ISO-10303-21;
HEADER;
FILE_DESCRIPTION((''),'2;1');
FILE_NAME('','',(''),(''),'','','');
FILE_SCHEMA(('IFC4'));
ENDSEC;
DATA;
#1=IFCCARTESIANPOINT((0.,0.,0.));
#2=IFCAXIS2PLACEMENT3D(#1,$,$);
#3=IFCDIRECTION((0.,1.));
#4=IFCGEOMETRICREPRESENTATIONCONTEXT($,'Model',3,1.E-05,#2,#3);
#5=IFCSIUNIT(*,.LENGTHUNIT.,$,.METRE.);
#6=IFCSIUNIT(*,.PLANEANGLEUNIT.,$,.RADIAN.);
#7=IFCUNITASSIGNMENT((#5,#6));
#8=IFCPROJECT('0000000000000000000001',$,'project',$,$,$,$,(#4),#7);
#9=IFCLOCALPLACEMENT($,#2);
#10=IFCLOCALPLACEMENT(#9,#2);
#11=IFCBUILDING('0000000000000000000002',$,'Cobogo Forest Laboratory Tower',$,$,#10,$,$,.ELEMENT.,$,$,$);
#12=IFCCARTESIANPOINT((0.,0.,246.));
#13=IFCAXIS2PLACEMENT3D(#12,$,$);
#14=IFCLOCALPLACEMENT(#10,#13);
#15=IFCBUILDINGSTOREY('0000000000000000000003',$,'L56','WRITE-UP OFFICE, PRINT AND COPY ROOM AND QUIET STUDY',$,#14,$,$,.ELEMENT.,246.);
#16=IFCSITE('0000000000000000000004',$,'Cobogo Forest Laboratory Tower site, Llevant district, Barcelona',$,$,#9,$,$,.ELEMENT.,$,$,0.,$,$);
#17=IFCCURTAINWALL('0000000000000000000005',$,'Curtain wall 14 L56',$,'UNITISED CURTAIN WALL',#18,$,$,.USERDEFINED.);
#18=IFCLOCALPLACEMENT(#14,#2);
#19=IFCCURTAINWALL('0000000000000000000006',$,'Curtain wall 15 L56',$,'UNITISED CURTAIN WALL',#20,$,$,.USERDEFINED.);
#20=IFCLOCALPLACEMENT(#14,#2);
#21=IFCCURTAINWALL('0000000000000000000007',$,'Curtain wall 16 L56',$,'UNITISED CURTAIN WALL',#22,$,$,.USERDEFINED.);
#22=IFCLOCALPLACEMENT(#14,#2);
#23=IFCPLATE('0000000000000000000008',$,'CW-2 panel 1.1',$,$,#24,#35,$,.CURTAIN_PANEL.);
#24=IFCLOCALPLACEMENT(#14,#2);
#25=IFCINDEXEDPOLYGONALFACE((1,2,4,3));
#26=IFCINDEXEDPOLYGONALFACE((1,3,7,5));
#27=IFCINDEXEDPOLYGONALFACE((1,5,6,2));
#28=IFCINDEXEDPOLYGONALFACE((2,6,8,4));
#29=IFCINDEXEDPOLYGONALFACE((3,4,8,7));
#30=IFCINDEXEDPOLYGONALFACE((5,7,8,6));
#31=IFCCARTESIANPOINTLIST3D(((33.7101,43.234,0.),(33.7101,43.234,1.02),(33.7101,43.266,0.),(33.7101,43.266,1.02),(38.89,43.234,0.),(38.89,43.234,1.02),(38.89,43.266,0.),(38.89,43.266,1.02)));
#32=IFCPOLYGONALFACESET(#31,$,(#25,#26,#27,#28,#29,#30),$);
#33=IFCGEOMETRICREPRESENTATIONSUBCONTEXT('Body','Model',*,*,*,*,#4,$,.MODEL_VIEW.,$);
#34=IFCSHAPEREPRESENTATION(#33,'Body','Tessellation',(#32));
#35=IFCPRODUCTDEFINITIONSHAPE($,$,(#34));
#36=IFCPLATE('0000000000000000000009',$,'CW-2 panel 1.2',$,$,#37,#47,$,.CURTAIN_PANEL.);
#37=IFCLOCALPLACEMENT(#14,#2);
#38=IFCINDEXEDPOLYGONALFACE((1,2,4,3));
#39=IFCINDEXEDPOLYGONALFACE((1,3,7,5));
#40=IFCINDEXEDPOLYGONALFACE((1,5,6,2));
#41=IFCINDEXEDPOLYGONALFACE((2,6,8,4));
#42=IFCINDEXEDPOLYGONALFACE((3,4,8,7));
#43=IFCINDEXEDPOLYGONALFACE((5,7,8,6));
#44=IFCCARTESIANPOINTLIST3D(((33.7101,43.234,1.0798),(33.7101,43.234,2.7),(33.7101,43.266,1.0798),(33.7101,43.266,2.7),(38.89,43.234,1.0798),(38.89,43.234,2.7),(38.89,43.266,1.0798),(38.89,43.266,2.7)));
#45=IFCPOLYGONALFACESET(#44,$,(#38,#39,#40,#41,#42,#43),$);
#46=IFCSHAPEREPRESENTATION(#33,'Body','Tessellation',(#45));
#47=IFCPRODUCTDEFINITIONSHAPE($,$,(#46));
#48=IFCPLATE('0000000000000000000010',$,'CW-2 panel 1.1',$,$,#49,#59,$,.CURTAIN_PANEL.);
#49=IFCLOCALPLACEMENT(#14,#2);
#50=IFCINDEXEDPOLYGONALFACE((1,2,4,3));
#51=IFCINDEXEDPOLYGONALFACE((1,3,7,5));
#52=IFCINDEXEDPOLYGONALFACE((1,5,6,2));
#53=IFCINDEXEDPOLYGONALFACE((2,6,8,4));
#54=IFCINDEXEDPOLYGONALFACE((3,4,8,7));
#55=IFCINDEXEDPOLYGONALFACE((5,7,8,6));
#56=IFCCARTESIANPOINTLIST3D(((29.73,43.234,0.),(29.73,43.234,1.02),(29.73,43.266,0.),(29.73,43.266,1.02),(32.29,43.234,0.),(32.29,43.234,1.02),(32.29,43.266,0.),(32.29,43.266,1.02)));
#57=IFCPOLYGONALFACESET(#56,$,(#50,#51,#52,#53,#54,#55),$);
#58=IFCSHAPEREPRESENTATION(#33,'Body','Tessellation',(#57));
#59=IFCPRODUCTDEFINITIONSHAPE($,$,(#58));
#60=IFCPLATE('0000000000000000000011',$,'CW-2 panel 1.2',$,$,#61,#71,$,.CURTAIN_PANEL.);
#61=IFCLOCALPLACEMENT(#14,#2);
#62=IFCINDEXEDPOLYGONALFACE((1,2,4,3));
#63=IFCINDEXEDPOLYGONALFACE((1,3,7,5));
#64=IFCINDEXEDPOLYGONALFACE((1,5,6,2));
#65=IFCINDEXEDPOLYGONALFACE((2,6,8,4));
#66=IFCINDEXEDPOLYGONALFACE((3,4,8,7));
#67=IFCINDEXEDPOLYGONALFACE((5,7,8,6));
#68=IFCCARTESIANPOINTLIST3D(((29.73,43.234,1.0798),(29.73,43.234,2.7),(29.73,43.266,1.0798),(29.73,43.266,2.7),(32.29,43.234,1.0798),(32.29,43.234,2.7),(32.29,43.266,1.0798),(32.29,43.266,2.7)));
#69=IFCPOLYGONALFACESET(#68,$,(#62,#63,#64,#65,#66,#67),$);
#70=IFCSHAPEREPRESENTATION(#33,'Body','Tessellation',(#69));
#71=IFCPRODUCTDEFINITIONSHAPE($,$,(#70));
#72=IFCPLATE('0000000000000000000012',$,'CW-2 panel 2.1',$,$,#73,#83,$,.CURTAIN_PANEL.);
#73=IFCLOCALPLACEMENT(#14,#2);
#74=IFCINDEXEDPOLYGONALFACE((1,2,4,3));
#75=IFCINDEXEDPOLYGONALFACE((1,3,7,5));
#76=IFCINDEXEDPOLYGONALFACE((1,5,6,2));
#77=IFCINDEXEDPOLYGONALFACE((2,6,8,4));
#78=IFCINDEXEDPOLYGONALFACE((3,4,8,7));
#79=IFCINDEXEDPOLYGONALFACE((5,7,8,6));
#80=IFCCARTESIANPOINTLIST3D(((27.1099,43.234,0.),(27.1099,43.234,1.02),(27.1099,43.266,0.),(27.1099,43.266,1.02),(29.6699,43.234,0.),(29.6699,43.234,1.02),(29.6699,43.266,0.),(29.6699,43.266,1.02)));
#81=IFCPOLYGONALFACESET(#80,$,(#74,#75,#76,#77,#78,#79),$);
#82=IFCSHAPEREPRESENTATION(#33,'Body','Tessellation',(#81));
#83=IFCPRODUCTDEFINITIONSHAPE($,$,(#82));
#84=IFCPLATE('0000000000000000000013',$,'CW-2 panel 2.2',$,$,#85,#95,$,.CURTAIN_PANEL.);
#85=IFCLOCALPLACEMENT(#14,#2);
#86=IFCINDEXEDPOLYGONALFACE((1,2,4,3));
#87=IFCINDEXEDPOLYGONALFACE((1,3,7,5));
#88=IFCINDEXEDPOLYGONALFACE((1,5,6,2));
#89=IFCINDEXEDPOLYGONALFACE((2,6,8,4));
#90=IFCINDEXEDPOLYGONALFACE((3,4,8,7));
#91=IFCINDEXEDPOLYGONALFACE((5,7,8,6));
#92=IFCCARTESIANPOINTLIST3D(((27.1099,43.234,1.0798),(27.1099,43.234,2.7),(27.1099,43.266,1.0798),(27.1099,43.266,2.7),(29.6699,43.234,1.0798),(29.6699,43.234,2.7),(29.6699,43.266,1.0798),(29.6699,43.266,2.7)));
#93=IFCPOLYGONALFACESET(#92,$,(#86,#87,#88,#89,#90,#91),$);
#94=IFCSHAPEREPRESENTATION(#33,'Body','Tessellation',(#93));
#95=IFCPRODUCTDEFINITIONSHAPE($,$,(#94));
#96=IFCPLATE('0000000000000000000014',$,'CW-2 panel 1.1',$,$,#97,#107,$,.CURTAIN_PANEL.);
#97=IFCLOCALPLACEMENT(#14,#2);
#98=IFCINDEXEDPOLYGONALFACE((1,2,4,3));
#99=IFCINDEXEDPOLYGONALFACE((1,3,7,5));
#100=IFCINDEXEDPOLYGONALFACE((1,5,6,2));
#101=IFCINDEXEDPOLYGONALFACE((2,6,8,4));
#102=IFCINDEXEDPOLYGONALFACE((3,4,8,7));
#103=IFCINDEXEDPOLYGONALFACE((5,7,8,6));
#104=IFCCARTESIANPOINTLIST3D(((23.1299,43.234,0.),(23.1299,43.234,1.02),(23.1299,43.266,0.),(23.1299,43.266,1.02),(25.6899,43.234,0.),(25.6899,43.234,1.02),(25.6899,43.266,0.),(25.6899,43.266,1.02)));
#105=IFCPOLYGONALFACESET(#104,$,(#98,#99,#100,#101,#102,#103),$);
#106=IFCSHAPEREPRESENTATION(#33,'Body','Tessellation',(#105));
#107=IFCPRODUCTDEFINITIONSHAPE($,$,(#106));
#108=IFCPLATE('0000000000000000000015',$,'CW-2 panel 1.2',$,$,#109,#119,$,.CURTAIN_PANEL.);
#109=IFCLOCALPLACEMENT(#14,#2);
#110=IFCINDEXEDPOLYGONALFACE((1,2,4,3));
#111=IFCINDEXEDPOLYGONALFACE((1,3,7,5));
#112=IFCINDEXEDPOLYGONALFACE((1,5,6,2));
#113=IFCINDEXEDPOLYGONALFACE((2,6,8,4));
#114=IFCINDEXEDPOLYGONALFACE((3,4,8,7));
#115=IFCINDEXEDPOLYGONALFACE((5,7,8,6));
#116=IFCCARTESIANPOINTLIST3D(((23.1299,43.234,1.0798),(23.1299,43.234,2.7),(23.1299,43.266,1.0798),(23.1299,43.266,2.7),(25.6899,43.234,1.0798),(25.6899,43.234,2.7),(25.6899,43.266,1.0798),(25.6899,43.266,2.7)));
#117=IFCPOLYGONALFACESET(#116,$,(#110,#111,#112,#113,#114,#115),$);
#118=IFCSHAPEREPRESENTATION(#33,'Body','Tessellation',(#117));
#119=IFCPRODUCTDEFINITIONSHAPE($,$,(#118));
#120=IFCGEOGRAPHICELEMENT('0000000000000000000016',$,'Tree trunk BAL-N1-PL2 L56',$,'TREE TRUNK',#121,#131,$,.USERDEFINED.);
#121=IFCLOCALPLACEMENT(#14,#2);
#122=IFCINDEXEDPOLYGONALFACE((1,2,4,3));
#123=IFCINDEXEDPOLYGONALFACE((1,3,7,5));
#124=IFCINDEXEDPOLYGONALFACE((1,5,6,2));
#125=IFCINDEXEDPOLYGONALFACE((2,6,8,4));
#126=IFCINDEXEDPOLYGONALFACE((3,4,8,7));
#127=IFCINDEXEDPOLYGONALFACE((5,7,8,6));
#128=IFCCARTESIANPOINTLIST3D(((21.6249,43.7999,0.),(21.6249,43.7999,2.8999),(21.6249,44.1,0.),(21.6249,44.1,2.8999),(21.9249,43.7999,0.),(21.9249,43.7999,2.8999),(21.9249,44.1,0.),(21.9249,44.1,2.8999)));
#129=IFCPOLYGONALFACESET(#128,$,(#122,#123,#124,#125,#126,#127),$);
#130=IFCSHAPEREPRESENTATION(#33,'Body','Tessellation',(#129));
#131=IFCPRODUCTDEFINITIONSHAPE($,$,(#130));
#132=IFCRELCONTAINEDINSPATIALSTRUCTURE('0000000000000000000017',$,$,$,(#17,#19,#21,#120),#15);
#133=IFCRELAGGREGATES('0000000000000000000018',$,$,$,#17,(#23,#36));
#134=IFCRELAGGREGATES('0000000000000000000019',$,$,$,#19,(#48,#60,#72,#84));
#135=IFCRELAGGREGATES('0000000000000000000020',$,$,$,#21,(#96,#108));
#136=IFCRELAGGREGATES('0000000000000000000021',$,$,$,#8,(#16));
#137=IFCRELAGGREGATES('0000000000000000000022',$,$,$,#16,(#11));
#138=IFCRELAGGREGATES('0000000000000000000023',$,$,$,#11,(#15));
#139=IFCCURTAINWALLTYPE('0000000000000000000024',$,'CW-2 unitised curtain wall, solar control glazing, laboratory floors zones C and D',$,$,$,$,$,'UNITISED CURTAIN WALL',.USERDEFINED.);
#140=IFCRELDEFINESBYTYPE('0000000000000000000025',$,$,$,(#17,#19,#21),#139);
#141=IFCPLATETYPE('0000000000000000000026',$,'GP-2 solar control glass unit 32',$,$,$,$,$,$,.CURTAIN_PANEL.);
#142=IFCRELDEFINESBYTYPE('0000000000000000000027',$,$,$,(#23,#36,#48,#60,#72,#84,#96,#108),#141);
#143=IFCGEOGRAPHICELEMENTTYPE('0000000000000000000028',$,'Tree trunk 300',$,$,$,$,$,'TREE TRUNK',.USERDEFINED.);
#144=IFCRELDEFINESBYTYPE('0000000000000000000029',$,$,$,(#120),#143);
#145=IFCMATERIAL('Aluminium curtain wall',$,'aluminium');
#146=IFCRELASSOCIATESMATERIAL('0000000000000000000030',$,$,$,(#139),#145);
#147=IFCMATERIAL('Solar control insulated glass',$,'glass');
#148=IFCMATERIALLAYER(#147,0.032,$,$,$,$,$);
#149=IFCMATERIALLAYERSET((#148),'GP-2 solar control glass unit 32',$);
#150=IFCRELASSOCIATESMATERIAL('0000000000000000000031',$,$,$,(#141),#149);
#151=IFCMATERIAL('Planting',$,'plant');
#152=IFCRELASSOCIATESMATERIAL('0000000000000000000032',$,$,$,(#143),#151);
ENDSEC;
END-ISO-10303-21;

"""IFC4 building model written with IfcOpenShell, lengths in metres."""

from ifc_helpers import new_model, si_unit, direction, frame, origin, origin_2d, place, context, subcontext, project, spatial, rectangle, extrude, material, layer, layer_set, type_object, element, aggregate, save


model = new_model("IFC4")

# Units and contexts
model_context = context("Model", 3, precision=1e-05, world=origin(), true_north=direction((0.0, 1.0)))
body_context = subcontext(model_context, "Body", "Model", "MODEL_VIEW")
ifc_project = project(units=[si_unit("LENGTHUNIT", "METRE"), si_unit("PLANEANGLEUNIT", "RADIAN")], contexts=[model_context])

# Site, building, storey
site_placement = place(None, origin())
site = spatial("IfcSite", under=ifc_project, at=site_placement, Name="Cobogo Forest Laboratory Tower site, Llevant district, Barcelona", CompositionType="ELEMENT", RefElevation=0.0)
building_placement = place(site_placement, origin())
building = spatial("IfcBuilding", under=site, at=building_placement, Name="Cobogo Forest Laboratory Tower", CompositionType="ELEMENT")
storey_placement = place(building_placement, frame((0.0, 0.0, 246.0)))
storey = spatial("IfcBuildingStorey", under=building, at=storey_placement, Name="L56", Description="WRITE-UP OFFICE, PRINT AND COPY ROOM AND QUIET STUDY", CompositionType="ELEMENT", Elevation=246.0)

# Curtain walls
ifc_material_1 = material(Name="Aluminium curtain wall", Category="aluminium")
curtain_wall_type = type_object("IfcCurtainWallType", Name="CW-2 unitised curtain wall, solar control glazing, laboratory floors zones C and D", ElementType="UNITISED CURTAIN WALL", PredefinedType="USERDEFINED", material=ifc_material_1)
curtain_wall_1_placement = place(storey_placement, origin())
curtain_wall_1 = element("IfcCurtainWall", 1, at=curtain_wall_1_placement, inside=storey, type_object=curtain_wall_type, Name="Curtain wall 14 L56", ObjectType="UNITISED CURTAIN WALL", PredefinedType="USERDEFINED")
curtain_wall_2_placement = place(storey_placement, origin())
curtain_wall_2 = element("IfcCurtainWall", 2, at=curtain_wall_2_placement, inside=storey, type_object=curtain_wall_type, Name="Curtain wall 15 L56", ObjectType="UNITISED CURTAIN WALL", PredefinedType="USERDEFINED")
curtain_wall_3_placement = place(storey_placement, origin())
curtain_wall_3 = element("IfcCurtainWall", 3, at=curtain_wall_3_placement, inside=storey, type_object=curtain_wall_type, Name="Curtain wall 16 L56", ObjectType="UNITISED CURTAIN WALL", PredefinedType="USERDEFINED")

# Plates
ifc_material_2 = material(Name="Solar control insulated glass", Category="glass")
ifc_layer = layer(ifc_material_2, 0.032)
ifc_layer_set = layer_set([ifc_layer], Name="GP-2 solar control glass unit 32")
plate_type_1 = type_object("IfcPlateType", Name="GP-2 solar control glass unit 32", PredefinedType="CURTAIN_PANEL", material=ifc_layer_set)
plate_1_placement = place(storey_placement, frame((36.3, 43.25, 0.0), z_axis=(0.0, 0.0, 1.0), x_axis=(-1.0, 0.0, 0.0)))
plate_1 = element("IfcPlate", 4, at=plate_1_placement, type_object=plate_type_1, Name="CW-2 panel 1.1", PredefinedType="CURTAIN_PANEL", context=body_context, shape_type="SweptSolid", body=[
    extrude(rectangle(XDim=5.1799, YDim=0.032, at=origin_2d()), origin(), (0.0, 0.0, 1.0), 1.02),
])
plate_2_placement = place(storey_placement, frame((36.3, 43.25, 1.0798), z_axis=(0.0, 0.0, 1.0), x_axis=(-1.0, 0.0, 0.0)))
plate_2 = element("IfcPlate", 5, at=plate_2_placement, type_object=plate_type_1, Name="CW-2 panel 1.2", PredefinedType="CURTAIN_PANEL", context=body_context, shape_type="SweptSolid", body=[
    extrude(rectangle(XDim=5.1799, YDim=0.032, at=origin_2d()), origin(), (0.0, 0.0, 1.0), 1.6201),
])
aggregate(curtain_wall_1, [plate_1, plate_2])
plate_3_placement = place(storey_placement, frame((31.01, 43.25, 0.0), z_axis=(0.0, 0.0, 1.0), x_axis=(-1.0, 0.0, 0.0)))
plate_3 = element("IfcPlate", 6, at=plate_3_placement, type_object=plate_type_1, Name="CW-2 panel 1.1", PredefinedType="CURTAIN_PANEL", context=body_context, shape_type="SweptSolid", body=[
    extrude(rectangle(XDim=2.5601, YDim=0.032, at=origin_2d()), origin(), (0.0, 0.0, 1.0), 1.02),
])
plate_4_placement = place(storey_placement, frame((31.01, 43.25, 1.0798), z_axis=(0.0, 0.0, 1.0), x_axis=(-1.0, 0.0, 0.0)))
plate_4 = element("IfcPlate", 7, at=plate_4_placement, type_object=plate_type_1, Name="CW-2 panel 1.2", PredefinedType="CURTAIN_PANEL", context=body_context, shape_type="SweptSolid", body=[
    extrude(rectangle(XDim=2.5601, YDim=0.032, at=origin_2d()), origin(), (0.0, 0.0, 1.0), 1.6201),
])
plate_5_placement = place(storey_placement, frame((28.3899, 43.25, 0.0), z_axis=(0.0, 0.0, 1.0), x_axis=(-1.0, 0.0, 0.0)))
plate_5 = element("IfcPlate", 8, at=plate_5_placement, type_object=plate_type_1, Name="CW-2 panel 2.1", PredefinedType="CURTAIN_PANEL", context=body_context, shape_type="SweptSolid", body=[
    extrude(rectangle(XDim=2.5601, YDim=0.032, at=origin_2d()), origin(), (0.0, 0.0, 1.0), 1.02),
])
plate_6_placement = place(storey_placement, frame((28.3899, 43.25, 1.0798), z_axis=(0.0, 0.0, 1.0), x_axis=(-1.0, 0.0, 0.0)))
plate_6 = element("IfcPlate", 9, at=plate_6_placement, type_object=plate_type_1, Name="CW-2 panel 2.2", PredefinedType="CURTAIN_PANEL", context=body_context, shape_type="SweptSolid", body=[
    extrude(rectangle(XDim=2.5601, YDim=0.032, at=origin_2d()), origin(), (0.0, 0.0, 1.0), 1.6201),
])
aggregate(curtain_wall_2, [plate_3, plate_4, plate_5, plate_6])
plate_7_placement = place(storey_placement, frame((24.4099, 43.25, 0.0), z_axis=(0.0, 0.0, 1.0), x_axis=(-1.0, 0.0, 0.0)))
plate_7 = element("IfcPlate", 10, at=plate_7_placement, type_object=plate_type_1, Name="CW-2 panel 1.1", PredefinedType="CURTAIN_PANEL", context=body_context, shape_type="SweptSolid", body=[
    extrude(rectangle(XDim=2.5601, YDim=0.032, at=origin_2d()), origin(), (0.0, 0.0, 1.0), 1.02),
])
plate_8_placement = place(storey_placement, frame((24.4099, 43.25, 1.0798), z_axis=(0.0, 0.0, 1.0), x_axis=(-1.0, 0.0, 0.0)))
plate_8 = element("IfcPlate", 11, at=plate_8_placement, type_object=plate_type_1, Name="CW-2 panel 1.2", PredefinedType="CURTAIN_PANEL", context=body_context, shape_type="SweptSolid", body=[
    extrude(rectangle(XDim=2.5601, YDim=0.032, at=origin_2d()), origin(), (0.0, 0.0, 1.0), 1.6201),
])
aggregate(curtain_wall_3, [plate_7, plate_8])

# Geographic element
ifc_material_3 = material(Name="Planting", Category="plant")
geographic_element_type = type_object("IfcGeographicElementType", Name="Tree trunk 300", ElementType="TREE TRUNK", PredefinedType="USERDEFINED", material=ifc_material_3)
geographic_element_placement = place(storey_placement, frame((21.7749, 43.95, 0.0), z_axis=(0.0, 0.0, 1.0), x_axis=(1.0, 0.0, 0.0)))
element("IfcGeographicElement", 12, at=geographic_element_placement, inside=storey, type_object=geographic_element_type, Name="Tree trunk BAL-N1-PL2 L56", ObjectType="TREE TRUNK", PredefinedType="USERDEFINED", context=body_context, shape_type="SweptSolid", body=[
    extrude(rectangle(XDim=0.3, YDim=0.3, at=origin_2d()), origin(), (0.0, 0.0, 1.0), 2.8999),
])

save(model, "model.ifc")
